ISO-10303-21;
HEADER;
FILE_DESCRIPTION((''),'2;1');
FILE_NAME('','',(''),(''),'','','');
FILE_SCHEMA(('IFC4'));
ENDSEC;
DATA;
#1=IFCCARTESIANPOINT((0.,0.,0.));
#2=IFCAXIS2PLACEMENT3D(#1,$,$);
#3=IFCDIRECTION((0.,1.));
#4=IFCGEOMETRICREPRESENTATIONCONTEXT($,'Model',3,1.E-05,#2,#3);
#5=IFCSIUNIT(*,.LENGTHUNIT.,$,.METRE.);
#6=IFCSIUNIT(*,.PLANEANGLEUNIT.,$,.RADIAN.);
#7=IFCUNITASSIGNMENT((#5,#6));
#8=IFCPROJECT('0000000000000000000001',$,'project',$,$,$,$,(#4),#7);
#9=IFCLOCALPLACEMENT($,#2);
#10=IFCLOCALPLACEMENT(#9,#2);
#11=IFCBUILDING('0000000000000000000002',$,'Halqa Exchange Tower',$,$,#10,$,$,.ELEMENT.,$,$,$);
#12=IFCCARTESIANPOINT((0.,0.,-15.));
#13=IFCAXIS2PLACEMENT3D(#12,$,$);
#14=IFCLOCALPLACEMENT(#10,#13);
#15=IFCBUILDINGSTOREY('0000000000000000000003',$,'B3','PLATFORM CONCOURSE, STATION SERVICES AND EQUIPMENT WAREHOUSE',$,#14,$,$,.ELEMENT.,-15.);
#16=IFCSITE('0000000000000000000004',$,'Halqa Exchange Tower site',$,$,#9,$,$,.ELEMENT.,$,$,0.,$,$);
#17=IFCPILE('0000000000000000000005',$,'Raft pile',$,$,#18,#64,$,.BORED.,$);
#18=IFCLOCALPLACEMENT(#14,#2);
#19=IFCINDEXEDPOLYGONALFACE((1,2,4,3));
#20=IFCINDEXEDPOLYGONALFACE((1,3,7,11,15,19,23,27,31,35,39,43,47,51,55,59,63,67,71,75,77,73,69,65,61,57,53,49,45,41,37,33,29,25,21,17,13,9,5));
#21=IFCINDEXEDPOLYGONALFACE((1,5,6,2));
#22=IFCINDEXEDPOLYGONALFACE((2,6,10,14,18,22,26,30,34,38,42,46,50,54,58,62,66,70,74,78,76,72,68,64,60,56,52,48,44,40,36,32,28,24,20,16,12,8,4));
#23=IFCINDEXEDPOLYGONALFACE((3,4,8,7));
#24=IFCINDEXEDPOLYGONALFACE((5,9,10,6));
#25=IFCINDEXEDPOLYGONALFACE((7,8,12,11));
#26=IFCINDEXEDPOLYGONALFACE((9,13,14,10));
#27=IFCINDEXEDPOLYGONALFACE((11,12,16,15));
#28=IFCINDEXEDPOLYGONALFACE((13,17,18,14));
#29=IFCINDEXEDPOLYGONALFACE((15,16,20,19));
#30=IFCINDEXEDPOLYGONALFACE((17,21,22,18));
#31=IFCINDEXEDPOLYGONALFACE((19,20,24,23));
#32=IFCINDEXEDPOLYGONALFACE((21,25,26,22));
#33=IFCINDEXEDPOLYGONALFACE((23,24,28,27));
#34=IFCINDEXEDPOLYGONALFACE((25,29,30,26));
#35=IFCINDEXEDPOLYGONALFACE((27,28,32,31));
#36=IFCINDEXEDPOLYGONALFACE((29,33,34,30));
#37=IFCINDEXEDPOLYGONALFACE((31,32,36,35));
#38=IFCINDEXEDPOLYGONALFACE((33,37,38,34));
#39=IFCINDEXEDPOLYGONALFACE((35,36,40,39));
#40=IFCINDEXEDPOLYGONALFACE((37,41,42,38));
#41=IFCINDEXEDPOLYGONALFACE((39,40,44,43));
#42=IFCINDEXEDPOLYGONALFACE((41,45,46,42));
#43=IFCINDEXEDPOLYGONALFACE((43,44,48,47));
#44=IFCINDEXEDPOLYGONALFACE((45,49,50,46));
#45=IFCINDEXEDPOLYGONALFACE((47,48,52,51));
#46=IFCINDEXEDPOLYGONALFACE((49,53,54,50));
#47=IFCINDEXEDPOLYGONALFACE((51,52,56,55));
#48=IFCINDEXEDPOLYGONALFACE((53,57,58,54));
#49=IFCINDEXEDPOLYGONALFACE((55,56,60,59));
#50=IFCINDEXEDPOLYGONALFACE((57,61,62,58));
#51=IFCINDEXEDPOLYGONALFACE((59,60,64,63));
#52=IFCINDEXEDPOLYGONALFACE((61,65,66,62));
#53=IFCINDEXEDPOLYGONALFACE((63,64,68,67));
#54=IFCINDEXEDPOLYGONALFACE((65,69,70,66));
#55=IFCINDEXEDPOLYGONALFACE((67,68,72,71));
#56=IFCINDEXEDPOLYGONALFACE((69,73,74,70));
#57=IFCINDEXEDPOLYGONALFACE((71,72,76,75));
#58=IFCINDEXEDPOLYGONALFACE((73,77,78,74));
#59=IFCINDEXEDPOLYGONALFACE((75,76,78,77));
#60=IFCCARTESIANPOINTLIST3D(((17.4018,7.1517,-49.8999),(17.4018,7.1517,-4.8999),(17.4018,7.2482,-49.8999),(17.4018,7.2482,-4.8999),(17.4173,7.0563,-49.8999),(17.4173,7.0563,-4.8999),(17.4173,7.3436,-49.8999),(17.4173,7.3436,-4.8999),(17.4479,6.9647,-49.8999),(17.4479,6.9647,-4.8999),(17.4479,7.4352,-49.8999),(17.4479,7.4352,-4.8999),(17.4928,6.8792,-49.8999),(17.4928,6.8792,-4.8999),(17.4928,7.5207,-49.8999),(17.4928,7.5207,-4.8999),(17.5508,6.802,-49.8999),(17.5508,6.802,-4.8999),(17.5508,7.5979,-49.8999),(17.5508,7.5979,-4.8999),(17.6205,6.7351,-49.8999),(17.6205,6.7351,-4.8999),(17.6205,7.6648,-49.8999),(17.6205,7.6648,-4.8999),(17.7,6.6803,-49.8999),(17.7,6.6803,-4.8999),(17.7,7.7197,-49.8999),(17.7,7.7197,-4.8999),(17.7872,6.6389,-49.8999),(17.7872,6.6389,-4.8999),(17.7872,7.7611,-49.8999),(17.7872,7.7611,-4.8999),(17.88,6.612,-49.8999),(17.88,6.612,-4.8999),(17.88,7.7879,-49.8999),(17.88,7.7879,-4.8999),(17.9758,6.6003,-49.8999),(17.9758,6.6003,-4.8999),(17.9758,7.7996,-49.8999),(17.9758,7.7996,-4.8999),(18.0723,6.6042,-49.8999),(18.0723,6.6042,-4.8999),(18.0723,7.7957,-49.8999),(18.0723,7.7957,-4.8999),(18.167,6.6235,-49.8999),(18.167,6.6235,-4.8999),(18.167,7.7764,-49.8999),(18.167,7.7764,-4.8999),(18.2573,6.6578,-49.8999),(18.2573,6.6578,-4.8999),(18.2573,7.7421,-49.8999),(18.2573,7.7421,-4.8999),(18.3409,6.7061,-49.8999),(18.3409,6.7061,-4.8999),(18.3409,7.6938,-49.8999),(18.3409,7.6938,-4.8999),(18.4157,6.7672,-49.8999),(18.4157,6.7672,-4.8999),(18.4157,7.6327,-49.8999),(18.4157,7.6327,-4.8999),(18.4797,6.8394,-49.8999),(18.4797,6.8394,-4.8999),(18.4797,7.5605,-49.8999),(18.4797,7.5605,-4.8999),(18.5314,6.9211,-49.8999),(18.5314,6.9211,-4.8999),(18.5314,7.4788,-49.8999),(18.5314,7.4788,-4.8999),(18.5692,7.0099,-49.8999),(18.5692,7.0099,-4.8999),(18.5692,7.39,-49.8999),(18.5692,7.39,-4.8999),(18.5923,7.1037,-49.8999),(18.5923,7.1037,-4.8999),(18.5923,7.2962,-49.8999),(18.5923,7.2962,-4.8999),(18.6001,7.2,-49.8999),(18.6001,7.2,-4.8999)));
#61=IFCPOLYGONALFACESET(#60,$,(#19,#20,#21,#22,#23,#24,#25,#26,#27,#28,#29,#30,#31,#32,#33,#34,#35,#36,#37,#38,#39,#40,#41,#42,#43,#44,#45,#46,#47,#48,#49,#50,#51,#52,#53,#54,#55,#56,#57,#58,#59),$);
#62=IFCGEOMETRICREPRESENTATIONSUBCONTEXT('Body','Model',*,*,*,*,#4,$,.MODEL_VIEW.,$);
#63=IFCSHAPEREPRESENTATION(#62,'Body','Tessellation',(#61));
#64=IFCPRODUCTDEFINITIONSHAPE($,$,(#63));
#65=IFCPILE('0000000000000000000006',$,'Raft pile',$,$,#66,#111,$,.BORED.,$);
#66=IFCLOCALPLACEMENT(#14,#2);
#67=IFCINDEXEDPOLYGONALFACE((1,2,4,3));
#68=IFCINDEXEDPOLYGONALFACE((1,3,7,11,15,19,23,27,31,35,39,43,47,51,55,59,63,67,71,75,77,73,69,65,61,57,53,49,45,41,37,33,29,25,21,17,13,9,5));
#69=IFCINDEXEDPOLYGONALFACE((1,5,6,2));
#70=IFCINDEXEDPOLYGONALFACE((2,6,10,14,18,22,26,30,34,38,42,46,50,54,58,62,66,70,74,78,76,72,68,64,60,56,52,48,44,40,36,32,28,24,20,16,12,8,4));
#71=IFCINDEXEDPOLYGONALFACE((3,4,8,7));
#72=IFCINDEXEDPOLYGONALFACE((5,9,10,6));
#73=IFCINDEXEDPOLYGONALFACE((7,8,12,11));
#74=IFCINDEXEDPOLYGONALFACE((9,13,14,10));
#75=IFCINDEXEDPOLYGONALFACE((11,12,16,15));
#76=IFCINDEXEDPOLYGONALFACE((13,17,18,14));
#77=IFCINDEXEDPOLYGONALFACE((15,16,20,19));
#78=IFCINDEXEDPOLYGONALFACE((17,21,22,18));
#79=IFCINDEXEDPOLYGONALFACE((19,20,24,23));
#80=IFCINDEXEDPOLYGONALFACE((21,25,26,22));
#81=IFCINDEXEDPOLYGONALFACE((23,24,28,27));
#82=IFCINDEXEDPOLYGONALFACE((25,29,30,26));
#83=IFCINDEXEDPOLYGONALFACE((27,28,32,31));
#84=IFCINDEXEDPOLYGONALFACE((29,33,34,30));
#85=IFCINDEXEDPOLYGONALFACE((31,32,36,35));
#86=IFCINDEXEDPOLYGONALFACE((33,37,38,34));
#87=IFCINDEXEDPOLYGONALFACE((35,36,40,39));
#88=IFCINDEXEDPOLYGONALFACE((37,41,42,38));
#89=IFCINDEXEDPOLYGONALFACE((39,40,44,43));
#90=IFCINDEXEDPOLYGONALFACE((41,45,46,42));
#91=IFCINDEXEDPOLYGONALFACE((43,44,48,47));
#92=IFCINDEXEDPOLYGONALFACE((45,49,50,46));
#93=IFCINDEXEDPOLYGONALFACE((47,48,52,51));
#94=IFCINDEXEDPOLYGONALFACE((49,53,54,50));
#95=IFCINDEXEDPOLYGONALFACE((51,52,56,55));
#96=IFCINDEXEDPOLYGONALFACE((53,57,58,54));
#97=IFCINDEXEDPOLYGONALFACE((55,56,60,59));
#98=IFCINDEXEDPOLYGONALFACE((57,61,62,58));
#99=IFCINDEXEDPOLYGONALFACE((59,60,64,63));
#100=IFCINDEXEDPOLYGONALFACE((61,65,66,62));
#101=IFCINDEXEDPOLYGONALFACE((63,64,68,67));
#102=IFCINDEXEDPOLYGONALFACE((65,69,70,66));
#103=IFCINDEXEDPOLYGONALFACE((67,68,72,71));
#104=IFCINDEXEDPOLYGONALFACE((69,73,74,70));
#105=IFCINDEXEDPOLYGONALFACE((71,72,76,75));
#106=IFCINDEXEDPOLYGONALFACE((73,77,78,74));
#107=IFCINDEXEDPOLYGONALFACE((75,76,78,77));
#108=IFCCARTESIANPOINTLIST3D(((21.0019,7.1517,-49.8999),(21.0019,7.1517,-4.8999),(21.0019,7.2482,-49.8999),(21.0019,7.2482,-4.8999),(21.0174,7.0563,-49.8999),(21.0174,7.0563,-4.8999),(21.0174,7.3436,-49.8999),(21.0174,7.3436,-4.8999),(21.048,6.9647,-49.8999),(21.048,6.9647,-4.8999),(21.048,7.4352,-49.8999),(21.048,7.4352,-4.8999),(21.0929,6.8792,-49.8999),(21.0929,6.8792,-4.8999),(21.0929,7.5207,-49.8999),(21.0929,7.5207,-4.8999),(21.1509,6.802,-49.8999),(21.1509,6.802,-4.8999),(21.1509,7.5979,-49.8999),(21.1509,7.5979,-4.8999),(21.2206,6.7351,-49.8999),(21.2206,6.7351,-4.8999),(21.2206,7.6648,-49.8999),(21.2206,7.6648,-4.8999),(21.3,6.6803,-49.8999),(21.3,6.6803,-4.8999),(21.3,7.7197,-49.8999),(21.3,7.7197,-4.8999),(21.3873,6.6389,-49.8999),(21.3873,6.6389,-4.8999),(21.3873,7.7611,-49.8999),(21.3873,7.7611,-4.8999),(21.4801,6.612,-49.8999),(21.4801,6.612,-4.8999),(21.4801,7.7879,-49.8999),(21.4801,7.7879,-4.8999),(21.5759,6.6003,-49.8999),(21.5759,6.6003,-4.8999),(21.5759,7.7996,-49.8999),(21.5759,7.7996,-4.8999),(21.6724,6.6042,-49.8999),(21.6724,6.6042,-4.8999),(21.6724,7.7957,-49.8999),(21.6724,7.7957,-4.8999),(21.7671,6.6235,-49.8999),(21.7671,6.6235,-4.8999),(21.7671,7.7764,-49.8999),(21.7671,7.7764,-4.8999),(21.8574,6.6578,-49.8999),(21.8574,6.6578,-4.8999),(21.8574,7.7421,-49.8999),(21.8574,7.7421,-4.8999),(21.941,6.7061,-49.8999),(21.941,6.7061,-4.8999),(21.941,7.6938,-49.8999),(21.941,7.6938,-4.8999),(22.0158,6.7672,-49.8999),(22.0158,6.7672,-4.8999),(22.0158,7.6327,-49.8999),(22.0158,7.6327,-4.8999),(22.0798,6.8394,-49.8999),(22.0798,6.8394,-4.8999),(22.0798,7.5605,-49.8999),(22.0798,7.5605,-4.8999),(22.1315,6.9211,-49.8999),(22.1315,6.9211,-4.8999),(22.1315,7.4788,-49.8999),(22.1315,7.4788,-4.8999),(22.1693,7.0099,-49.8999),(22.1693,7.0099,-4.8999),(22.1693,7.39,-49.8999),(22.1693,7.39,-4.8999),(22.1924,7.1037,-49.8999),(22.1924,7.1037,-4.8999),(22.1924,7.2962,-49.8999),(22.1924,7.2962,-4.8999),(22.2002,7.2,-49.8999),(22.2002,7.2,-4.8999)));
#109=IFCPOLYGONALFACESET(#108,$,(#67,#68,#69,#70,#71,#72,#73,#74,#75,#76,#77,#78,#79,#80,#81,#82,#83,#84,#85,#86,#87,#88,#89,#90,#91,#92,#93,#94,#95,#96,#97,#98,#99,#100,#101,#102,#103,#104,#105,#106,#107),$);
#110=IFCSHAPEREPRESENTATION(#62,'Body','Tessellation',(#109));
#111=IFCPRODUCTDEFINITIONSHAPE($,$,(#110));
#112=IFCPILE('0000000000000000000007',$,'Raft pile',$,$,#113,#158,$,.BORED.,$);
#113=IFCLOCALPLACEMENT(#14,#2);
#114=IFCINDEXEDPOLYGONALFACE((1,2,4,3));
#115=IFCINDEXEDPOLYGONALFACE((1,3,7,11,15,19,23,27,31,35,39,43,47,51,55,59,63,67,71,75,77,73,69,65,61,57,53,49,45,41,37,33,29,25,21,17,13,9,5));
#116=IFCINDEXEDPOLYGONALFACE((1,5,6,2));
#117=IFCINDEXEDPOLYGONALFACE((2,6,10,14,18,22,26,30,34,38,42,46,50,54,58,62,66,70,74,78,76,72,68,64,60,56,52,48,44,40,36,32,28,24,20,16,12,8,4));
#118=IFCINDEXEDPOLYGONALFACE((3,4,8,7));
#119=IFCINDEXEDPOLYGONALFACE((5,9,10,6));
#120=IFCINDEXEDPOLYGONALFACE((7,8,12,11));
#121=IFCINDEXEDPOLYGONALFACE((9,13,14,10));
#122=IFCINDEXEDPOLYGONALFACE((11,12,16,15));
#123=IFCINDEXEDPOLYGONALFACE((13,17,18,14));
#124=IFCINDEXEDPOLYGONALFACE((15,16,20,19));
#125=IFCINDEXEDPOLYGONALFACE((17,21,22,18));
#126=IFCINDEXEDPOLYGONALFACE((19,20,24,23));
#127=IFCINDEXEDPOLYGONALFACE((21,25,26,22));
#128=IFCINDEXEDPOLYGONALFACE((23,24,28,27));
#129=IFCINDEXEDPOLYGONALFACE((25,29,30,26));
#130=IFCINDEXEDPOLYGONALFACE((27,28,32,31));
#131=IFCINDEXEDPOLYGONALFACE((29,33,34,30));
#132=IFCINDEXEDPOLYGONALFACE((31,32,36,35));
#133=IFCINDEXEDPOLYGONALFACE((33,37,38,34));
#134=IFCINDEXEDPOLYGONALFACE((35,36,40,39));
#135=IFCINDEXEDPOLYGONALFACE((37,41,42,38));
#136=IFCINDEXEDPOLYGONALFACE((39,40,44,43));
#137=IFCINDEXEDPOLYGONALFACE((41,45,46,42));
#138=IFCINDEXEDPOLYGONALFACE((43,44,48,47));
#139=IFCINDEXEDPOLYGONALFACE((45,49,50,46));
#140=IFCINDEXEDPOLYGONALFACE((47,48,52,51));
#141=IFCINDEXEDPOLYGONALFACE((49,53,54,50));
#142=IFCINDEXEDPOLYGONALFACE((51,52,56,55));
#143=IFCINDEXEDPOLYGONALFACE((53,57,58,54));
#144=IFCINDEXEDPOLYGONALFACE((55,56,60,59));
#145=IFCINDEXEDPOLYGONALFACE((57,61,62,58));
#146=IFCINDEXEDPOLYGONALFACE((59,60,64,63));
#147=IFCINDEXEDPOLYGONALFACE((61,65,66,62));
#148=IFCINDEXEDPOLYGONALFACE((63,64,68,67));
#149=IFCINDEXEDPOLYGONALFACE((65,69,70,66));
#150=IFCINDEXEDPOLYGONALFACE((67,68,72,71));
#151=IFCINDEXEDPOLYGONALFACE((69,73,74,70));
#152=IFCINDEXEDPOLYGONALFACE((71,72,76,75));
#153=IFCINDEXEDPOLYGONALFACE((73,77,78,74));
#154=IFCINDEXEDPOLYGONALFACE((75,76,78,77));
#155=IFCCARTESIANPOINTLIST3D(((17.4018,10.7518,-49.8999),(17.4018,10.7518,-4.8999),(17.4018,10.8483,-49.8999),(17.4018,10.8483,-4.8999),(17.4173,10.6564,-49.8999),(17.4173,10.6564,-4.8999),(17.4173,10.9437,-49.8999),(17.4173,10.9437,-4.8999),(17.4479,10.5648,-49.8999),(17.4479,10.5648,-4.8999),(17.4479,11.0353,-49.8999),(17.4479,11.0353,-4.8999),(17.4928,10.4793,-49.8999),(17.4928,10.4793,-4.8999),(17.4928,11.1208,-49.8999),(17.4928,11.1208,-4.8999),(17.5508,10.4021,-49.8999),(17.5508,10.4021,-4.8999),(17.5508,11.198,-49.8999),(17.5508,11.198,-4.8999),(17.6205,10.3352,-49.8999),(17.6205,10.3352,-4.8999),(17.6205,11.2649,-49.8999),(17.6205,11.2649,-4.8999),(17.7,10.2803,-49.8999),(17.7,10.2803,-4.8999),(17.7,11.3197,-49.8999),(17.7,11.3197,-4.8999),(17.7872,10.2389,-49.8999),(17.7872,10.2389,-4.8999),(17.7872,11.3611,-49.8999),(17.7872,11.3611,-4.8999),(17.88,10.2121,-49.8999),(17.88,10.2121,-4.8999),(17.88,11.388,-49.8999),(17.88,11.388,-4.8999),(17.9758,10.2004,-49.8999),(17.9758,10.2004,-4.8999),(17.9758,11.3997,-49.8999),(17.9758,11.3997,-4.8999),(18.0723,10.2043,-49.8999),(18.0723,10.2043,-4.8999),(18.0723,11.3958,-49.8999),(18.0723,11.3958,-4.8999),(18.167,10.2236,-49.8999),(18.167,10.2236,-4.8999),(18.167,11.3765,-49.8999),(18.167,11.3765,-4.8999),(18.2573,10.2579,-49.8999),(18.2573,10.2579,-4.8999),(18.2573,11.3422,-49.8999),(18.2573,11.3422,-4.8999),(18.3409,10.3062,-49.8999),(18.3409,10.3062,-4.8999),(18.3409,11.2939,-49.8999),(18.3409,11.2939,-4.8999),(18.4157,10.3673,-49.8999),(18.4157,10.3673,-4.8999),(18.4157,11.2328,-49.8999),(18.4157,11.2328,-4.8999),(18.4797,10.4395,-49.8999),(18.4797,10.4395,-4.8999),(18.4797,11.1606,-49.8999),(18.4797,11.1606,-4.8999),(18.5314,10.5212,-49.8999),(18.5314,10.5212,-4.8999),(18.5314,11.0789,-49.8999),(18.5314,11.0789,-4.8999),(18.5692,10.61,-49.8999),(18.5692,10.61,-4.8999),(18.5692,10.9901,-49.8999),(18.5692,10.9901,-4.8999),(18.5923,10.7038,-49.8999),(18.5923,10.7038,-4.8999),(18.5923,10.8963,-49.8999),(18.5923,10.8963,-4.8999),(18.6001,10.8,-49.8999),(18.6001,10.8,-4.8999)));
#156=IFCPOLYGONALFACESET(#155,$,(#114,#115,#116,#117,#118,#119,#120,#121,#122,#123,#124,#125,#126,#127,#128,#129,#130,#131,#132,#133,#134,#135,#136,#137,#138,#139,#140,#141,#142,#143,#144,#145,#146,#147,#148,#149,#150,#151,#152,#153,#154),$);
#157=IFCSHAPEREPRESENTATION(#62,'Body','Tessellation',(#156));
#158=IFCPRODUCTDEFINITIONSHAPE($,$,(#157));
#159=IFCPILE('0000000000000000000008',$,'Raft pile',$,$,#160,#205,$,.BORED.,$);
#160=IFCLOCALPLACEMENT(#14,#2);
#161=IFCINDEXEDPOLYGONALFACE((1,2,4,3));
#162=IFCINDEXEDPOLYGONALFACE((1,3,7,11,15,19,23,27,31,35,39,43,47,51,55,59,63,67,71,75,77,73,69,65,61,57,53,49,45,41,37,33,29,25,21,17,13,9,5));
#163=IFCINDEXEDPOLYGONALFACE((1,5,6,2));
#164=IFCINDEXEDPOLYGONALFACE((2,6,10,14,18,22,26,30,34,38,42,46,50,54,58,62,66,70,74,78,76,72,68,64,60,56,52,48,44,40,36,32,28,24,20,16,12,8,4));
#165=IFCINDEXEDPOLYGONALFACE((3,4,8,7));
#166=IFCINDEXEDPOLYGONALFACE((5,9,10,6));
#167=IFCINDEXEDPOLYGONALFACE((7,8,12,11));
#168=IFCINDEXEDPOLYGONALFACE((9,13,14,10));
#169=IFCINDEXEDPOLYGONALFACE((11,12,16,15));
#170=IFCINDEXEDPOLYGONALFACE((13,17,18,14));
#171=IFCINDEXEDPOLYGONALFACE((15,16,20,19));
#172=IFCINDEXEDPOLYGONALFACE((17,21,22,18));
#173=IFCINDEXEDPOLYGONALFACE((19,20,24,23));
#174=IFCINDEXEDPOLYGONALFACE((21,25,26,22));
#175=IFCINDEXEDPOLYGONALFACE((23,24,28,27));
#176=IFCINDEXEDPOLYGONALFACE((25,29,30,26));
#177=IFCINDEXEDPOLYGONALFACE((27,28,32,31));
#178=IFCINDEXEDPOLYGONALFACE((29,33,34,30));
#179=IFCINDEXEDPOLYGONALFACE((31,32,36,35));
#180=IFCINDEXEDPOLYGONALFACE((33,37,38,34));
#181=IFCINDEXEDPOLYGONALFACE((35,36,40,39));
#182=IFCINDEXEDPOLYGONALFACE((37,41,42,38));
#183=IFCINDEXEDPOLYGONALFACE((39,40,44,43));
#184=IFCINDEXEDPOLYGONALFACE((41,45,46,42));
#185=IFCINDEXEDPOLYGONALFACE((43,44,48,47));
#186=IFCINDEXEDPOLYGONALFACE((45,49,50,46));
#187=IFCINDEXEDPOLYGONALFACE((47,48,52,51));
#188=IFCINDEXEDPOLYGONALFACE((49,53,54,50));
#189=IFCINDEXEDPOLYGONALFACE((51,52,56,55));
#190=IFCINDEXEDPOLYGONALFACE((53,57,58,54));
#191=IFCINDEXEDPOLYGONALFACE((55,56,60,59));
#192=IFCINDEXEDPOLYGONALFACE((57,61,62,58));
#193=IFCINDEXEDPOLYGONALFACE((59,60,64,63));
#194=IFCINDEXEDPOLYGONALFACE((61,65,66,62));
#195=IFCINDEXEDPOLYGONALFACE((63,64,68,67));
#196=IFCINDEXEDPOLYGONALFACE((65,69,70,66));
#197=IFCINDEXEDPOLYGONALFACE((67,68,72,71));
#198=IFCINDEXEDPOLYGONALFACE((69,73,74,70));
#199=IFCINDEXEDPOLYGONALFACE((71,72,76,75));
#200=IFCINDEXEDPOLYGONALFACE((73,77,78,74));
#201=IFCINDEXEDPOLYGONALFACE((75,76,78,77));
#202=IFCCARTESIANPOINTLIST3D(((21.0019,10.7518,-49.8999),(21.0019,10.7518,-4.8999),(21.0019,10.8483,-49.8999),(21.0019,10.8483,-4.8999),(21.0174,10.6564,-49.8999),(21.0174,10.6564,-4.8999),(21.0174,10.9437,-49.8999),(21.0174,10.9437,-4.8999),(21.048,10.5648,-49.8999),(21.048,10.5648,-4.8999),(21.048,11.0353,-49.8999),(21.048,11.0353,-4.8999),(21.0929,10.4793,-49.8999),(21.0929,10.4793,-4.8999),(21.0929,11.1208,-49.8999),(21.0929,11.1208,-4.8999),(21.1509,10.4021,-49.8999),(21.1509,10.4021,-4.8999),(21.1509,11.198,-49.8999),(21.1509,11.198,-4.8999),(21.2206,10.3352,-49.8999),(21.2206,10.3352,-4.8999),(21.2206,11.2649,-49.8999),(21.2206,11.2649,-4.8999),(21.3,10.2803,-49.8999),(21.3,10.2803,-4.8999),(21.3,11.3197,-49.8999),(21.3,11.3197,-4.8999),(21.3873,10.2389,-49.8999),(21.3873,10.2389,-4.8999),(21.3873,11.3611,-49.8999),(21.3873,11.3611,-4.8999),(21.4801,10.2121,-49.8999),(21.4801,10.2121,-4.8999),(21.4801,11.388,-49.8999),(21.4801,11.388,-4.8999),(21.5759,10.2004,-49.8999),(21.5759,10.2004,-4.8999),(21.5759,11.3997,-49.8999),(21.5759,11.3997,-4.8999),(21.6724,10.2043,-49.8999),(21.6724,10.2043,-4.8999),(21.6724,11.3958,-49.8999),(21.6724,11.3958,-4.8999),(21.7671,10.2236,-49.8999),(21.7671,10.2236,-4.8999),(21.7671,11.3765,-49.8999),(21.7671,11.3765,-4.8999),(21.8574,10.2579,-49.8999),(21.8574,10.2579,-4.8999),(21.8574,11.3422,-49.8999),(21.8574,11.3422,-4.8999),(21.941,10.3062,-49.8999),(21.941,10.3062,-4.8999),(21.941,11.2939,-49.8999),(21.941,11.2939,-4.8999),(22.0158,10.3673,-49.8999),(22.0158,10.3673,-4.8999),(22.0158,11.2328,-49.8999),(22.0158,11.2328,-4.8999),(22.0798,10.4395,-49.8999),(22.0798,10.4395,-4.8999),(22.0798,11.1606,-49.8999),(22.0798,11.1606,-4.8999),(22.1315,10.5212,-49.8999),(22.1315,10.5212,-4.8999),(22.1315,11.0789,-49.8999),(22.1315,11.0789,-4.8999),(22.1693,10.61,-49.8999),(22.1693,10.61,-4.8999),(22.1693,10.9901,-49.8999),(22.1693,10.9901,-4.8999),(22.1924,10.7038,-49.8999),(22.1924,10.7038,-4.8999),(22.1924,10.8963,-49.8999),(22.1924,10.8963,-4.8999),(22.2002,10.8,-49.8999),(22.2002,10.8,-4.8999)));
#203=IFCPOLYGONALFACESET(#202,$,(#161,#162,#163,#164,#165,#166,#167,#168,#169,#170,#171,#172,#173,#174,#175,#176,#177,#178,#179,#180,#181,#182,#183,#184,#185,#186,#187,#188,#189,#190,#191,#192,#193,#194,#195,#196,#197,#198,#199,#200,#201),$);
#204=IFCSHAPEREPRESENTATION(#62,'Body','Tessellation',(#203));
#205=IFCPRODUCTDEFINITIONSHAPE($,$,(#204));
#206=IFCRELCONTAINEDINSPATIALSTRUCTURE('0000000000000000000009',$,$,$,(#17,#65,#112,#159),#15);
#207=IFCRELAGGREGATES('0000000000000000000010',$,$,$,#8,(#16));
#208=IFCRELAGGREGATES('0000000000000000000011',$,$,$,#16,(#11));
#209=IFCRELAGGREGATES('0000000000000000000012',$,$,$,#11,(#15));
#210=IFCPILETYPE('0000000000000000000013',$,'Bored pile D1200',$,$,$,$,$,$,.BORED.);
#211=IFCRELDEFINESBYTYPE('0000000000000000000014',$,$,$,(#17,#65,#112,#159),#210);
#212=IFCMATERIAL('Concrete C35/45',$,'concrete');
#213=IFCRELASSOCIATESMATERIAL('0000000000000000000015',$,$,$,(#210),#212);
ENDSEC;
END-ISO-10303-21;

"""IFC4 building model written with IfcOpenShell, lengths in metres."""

from ifc_helpers import new_model, si_unit, direction, frame, origin, origin_2d, place, context, subcontext, project, spatial, circle, extrude, material, material_profile, profile_set, type_object, element, save


model = new_model("IFC4")

# Units and contexts
model_context = context("Model", 3, precision=1e-05, world=origin(), true_north=direction((0.0, 1.0)))
body_context = subcontext(model_context, "Body", "Model", "MODEL_VIEW")
ifc_project = project(units=[si_unit("LENGTHUNIT", "METRE"), si_unit("PLANEANGLEUNIT", "RADIAN")], contexts=[model_context])

# Site, building, storey
site_placement = place(None, origin())
site = spatial("IfcSite", under=ifc_project, at=site_placement, Name="Halqa Exchange Tower site", CompositionType="ELEMENT", RefElevation=0.0)
building_placement = place(site_placement, origin())
building = spatial("IfcBuilding", under=site, at=building_placement, Name="Halqa Exchange Tower", CompositionType="ELEMENT")
storey_placement = place(building_placement, frame((0.0, 0.0, -15.0)))
storey = spatial("IfcBuildingStorey", under=building, at=storey_placement, Name="B3", Description="PLATFORM CONCOURSE, STATION SERVICES AND EQUIPMENT WAREHOUSE", CompositionType="ELEMENT", Elevation=-15.0)

# Piles
ifc_material_1 = material(Name="Concrete C35/45", Category="concrete")
ifc_material_profile_1 = material_profile(ifc_material_1, circle(Radius=0.6001, at=origin_2d()), Name="D1200")
ifc_profile_set_1 = profile_set([ifc_material_profile_1], Name="Concrete C35/45")
pile_type_1 = type_object("IfcPileType", Name="Bored pile D1200", PredefinedType="BORED", material=ifc_profile_set_1)
for number, where, z_axis, x_axis, name in (
    (1, (18.0, 7.2, -4.8999), (0.0, 0.0, -1.0), (1.0, 0.0, 0.0), "Raft pile"),
    (2, (21.6001, 7.2, -4.8999), (0.0, 0.0, -1.0), (1.0, 0.0, 0.0), "Raft pile"),
    (3, (18.0, 10.8, -4.8999), (0.0, 0.0, -1.0), (1.0, 0.0, 0.0), "Raft pile"),
    (4, (21.6001, 10.8, -4.8999), (0.0, 0.0, -1.0), (1.0, 0.0, 0.0), "Raft pile"),
):
    element("IfcPile", number, at=place(storey_placement, frame(where, z_axis=z_axis, x_axis=x_axis)), inside=storey, type_object=pile_type_1, Name=name, PredefinedType="BORED", context=body_context, shape_type="SweptSolid", body=[
        extrude(circle(Radius=0.6001, at=origin_2d()), origin(), (0.0, 0.0, 1.0), 45.0),
    ])

save(model, "model.ifc")
